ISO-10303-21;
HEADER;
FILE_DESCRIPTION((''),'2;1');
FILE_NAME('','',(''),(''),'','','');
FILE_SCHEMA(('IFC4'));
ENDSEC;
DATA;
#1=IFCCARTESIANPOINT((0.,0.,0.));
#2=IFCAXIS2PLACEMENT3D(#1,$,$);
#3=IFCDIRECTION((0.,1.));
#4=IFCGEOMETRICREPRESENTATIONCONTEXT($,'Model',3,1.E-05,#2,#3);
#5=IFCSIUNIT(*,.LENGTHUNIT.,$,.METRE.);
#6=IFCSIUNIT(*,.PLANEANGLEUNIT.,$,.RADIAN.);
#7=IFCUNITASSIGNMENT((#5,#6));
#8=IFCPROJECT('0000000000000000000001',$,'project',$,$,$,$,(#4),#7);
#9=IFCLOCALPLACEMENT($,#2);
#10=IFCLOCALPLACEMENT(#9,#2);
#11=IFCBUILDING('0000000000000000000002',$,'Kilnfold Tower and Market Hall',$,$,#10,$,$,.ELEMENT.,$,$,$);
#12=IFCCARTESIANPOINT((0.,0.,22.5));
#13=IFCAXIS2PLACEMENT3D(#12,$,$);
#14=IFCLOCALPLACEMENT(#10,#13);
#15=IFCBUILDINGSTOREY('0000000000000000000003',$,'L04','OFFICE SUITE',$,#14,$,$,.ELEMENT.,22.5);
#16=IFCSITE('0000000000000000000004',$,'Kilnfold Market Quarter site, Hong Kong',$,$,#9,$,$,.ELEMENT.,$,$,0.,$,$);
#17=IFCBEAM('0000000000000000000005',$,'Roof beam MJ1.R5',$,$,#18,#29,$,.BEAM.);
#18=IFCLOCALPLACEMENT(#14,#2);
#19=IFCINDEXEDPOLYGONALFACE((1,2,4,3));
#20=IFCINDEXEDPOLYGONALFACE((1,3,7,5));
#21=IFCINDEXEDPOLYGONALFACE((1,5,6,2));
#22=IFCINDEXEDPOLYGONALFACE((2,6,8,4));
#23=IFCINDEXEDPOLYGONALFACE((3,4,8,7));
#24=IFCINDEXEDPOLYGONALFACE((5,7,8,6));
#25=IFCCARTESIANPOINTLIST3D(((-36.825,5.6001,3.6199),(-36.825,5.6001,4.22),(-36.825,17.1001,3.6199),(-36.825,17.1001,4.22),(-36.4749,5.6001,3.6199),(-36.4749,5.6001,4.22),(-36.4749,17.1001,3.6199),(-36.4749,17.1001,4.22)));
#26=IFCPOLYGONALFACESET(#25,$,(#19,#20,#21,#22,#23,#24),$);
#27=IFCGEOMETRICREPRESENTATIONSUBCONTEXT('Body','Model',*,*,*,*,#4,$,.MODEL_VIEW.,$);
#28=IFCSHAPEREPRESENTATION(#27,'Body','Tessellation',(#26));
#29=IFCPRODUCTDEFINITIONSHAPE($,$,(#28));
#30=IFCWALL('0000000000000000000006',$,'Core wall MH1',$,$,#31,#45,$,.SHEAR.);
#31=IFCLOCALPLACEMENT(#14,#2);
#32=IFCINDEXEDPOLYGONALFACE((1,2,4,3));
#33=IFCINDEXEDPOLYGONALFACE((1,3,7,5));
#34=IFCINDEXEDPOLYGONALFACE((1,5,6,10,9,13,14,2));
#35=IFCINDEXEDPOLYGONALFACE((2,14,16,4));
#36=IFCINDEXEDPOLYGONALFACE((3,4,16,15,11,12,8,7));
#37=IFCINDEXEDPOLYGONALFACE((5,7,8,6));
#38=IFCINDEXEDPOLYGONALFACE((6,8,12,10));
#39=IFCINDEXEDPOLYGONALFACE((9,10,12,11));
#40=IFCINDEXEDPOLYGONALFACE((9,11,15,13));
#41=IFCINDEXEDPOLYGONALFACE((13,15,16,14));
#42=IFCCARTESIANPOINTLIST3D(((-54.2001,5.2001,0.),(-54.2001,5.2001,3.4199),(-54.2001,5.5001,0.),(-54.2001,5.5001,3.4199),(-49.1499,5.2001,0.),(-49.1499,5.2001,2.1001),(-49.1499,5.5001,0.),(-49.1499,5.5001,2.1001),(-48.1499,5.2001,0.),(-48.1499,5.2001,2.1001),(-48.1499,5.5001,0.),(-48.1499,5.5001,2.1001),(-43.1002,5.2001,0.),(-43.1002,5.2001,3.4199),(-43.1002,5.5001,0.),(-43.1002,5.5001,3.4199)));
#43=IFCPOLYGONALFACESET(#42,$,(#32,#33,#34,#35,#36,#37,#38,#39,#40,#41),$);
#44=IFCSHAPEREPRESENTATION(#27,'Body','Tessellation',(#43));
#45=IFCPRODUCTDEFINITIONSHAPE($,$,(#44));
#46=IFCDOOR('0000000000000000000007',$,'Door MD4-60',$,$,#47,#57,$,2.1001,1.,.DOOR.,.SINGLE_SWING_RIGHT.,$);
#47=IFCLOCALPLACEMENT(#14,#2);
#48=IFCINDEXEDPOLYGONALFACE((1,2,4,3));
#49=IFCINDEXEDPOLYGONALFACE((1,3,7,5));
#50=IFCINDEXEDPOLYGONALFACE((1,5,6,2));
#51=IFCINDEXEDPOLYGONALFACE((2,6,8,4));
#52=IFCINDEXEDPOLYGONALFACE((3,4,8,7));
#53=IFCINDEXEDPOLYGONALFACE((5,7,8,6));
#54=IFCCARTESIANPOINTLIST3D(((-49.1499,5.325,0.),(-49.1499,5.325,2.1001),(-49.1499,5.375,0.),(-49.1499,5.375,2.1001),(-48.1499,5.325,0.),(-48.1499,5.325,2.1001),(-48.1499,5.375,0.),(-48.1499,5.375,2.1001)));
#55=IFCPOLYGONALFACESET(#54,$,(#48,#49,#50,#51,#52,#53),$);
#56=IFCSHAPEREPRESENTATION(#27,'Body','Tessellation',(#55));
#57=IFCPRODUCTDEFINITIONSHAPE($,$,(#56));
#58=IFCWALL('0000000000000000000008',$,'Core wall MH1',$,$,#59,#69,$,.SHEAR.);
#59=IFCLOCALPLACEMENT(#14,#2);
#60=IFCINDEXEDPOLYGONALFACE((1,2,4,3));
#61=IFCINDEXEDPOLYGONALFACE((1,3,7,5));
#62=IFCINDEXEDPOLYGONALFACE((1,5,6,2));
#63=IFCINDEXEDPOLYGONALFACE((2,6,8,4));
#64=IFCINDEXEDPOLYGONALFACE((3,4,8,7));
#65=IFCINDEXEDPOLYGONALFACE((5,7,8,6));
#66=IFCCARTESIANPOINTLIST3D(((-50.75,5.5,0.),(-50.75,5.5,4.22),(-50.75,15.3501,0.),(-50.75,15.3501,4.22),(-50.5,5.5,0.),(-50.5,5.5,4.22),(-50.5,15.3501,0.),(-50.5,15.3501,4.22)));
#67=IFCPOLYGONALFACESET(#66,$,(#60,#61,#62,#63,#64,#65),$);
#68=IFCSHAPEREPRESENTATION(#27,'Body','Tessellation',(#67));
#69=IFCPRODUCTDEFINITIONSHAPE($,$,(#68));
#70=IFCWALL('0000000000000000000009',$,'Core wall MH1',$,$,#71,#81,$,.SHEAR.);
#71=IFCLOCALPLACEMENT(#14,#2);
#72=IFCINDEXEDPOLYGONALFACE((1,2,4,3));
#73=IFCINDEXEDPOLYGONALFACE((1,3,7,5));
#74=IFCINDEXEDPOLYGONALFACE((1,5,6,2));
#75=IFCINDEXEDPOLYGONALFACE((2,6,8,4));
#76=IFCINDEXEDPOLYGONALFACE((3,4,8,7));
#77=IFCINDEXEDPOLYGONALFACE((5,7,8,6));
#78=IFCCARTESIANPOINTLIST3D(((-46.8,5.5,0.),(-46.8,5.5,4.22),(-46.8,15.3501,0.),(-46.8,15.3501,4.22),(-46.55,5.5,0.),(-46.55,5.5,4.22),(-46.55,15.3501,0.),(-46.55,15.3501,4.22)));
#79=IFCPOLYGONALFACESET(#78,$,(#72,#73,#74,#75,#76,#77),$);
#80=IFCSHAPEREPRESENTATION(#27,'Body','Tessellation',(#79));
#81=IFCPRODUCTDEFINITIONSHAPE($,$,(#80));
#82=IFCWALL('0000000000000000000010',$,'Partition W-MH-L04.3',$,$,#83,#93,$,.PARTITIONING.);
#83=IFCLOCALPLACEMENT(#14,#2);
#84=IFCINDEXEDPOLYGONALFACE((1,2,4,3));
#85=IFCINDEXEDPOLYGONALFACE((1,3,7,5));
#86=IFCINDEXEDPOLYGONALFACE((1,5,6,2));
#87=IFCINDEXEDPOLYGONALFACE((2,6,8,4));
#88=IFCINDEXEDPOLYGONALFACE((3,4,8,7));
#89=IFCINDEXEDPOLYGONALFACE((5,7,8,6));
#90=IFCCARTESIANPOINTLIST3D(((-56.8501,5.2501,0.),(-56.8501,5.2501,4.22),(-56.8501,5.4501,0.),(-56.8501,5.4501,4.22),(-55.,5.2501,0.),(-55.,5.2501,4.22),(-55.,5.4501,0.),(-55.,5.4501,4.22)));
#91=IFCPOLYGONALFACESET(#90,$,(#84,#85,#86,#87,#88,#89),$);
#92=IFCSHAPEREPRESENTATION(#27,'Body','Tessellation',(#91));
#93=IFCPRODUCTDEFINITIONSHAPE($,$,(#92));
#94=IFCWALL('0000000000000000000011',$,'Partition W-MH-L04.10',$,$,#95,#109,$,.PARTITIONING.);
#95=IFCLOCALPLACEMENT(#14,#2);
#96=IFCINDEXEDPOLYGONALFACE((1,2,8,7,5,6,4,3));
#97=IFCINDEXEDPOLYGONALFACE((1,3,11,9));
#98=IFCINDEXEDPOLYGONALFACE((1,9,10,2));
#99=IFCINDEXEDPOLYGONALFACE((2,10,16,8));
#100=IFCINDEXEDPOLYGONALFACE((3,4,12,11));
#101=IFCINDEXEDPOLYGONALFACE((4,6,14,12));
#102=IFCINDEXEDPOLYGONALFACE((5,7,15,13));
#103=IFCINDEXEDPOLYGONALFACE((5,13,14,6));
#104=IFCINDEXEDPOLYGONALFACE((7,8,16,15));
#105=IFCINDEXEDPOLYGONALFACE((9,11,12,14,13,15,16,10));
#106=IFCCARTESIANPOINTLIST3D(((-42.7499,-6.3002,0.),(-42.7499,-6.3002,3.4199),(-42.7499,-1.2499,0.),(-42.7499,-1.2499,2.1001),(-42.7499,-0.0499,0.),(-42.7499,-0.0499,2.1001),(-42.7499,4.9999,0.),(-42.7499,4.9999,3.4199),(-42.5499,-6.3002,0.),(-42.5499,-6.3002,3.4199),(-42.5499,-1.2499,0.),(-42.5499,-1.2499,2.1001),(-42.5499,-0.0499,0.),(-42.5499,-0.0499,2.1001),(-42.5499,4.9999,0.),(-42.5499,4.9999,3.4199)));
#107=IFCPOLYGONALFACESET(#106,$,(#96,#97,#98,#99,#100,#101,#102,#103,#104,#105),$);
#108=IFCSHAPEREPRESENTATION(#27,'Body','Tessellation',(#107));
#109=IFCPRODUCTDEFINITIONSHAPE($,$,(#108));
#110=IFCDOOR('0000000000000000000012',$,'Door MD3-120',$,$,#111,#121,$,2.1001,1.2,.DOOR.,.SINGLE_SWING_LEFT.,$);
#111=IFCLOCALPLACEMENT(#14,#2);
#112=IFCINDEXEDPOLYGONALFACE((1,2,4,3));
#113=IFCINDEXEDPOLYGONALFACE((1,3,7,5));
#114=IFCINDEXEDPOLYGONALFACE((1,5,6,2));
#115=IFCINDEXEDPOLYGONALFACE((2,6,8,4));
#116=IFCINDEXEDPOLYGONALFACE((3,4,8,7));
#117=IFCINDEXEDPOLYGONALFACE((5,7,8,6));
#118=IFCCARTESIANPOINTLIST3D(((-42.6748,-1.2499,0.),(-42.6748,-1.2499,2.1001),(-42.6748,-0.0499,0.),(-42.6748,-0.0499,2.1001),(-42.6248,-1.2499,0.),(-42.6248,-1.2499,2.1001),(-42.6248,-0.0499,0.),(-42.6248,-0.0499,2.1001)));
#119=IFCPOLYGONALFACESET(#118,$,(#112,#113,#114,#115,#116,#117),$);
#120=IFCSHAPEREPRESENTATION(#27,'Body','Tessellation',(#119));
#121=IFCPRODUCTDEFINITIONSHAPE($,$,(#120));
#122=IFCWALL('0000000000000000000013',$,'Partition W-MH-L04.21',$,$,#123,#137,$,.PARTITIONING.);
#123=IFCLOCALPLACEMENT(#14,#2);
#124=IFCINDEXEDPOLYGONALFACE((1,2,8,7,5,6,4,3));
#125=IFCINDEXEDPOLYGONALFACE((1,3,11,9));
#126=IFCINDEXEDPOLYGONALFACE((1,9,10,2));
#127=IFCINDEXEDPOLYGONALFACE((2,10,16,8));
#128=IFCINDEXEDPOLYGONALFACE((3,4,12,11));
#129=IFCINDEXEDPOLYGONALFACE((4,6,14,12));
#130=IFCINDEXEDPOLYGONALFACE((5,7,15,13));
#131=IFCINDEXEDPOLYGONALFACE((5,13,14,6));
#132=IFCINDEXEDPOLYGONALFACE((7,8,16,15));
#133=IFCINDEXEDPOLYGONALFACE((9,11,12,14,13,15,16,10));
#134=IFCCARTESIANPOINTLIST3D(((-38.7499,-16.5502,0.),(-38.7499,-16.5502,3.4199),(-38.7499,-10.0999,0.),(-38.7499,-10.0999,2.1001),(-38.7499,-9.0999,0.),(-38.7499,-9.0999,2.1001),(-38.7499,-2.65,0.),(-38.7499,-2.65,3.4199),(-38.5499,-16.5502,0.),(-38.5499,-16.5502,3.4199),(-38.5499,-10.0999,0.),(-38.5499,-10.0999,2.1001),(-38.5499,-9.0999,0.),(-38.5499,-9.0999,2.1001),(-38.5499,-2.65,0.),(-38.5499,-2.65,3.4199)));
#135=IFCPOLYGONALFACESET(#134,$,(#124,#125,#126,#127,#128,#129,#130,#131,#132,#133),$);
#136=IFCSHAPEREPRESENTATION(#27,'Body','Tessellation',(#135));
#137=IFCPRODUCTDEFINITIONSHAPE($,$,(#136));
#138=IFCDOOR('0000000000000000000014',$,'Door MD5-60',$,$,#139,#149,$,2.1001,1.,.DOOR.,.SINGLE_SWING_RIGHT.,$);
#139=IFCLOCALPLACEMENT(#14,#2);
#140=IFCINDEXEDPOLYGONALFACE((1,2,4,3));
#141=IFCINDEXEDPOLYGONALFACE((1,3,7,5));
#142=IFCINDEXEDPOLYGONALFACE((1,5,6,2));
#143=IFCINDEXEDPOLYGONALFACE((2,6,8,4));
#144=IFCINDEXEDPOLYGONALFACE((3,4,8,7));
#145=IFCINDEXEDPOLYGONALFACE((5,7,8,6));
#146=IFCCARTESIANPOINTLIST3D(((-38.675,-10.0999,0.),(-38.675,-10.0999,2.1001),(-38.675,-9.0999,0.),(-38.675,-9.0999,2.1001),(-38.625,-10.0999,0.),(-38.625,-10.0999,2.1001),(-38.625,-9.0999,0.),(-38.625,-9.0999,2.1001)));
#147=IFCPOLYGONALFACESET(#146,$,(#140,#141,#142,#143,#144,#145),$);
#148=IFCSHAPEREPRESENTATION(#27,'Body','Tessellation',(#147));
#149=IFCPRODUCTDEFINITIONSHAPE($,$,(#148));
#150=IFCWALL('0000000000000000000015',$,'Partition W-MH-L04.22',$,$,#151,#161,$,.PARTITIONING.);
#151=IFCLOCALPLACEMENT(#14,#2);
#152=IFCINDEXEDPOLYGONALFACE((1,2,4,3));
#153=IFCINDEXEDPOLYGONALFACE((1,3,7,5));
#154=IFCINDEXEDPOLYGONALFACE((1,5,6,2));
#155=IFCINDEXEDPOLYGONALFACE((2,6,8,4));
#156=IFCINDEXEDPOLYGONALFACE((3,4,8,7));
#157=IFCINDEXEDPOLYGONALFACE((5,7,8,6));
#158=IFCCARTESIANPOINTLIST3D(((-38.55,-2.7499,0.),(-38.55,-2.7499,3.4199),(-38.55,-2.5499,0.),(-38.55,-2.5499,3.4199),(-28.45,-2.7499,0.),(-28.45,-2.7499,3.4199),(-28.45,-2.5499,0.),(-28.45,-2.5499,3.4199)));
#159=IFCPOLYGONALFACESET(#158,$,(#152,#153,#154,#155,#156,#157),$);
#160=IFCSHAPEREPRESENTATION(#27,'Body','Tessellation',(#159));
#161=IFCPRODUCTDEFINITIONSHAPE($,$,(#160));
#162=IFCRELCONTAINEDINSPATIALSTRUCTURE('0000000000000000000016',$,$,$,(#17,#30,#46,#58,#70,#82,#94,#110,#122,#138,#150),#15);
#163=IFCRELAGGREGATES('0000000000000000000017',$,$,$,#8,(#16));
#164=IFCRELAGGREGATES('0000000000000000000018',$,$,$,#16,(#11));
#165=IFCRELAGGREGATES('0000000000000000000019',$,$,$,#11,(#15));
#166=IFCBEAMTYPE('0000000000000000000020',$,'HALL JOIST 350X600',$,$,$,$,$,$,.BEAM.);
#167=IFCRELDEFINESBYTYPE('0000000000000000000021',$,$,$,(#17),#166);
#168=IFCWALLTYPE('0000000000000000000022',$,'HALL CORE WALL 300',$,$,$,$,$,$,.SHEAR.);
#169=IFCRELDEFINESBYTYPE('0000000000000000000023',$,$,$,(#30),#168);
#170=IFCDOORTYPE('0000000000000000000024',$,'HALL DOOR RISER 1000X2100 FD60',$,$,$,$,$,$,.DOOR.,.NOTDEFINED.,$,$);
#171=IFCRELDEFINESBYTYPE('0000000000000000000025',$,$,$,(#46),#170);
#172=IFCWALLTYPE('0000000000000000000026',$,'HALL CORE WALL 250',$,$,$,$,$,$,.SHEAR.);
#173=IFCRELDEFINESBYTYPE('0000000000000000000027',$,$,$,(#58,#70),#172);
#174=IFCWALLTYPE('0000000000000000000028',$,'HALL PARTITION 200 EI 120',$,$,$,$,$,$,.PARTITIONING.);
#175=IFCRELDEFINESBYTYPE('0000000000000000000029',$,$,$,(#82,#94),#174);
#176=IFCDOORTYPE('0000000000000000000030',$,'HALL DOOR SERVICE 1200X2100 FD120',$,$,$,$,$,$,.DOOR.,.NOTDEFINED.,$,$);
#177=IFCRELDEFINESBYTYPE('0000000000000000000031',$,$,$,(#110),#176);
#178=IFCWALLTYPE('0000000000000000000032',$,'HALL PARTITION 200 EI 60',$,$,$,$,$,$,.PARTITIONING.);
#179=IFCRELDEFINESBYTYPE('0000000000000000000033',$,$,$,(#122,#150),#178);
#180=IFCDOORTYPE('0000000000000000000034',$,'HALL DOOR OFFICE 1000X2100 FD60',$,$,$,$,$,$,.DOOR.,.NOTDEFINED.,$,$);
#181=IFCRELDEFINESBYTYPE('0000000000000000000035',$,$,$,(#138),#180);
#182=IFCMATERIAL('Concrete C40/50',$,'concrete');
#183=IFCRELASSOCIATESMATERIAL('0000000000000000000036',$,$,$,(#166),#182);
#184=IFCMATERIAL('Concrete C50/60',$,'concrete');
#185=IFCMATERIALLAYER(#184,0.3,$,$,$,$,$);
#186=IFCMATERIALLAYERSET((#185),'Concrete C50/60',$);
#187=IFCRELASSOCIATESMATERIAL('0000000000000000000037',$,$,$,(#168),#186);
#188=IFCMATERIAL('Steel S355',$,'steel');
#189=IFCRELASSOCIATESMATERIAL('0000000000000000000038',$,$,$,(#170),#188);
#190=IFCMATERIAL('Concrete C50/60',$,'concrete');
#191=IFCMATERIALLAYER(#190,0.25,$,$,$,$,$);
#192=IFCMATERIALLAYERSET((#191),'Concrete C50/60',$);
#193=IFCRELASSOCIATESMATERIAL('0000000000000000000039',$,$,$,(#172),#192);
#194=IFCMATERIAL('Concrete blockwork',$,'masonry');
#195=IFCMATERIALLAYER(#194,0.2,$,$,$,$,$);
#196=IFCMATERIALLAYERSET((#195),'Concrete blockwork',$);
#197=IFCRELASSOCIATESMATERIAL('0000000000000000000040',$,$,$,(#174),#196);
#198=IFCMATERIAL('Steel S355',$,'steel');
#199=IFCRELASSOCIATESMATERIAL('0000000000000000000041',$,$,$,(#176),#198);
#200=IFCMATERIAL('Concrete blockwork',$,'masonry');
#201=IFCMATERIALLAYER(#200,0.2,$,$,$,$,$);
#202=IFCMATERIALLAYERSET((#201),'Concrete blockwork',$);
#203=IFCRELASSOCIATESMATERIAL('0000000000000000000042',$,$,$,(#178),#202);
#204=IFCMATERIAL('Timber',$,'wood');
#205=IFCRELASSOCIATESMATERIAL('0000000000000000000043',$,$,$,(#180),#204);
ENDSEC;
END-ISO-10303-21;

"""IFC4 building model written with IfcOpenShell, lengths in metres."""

from ifc_helpers import new_model, si_unit, direction, frame, frame_2d, origin, origin_2d, place, context, subcontext, project, spatial, rectangle, extrude, source, transform, mapped, material, layer, layer_set, material_profile, profile_set, type_object, element, fill, save


model = new_model("IFC4")

# Units and contexts
model_context = context("Model", 3, precision=1e-05, world=origin(), true_north=direction((0.0, 1.0)))
body_context = subcontext(model_context, "Body", "Model", "MODEL_VIEW")
ifc_project = project(units=[si_unit("LENGTHUNIT", "METRE"), si_unit("PLANEANGLEUNIT", "RADIAN")], contexts=[model_context])

# Site, building, storey
site_placement = place(None, origin())
site = spatial("IfcSite", under=ifc_project, at=site_placement, Name="Kilnfold Market Quarter site, Hong Kong", CompositionType="ELEMENT", RefElevation=0.0)
building_placement = place(site_placement, origin())
building = spatial("IfcBuilding", under=site, at=building_placement, Name="Kilnfold Tower and Market Hall", CompositionType="ELEMENT")
storey_placement = place(building_placement, frame((0.0, 0.0, 22.5)))
storey = spatial("IfcBuildingStorey", under=building, at=storey_placement, Name="L04", Description="OFFICE SUITE", CompositionType="ELEMENT", Elevation=22.5)

# Beam
ifc_material_1 = material(Name="Concrete C40/50", Category="concrete")
ifc_material_profile_1 = material_profile(ifc_material_1, rectangle(XDim=0.3501, YDim=0.6001, at=origin_2d()), Name="RC 350x600")
ifc_profile_set_1 = profile_set([ifc_material_profile_1], Name="Concrete C40/50")
beam_type_1 = type_object("IfcBeamType", Name="HALL JOIST 350X600", PredefinedType="BEAM", material=ifc_profile_set_1)
for number, where, z_axis, x_axis, name in (
    (1, (-36.6499, 5.6001, 3.9199), (0.0, 1.0, 0.0), (-1.0, 0.0, 0.0), "Roof beam MJ1.R5"),
):
    element("IfcBeam", number, at=place(storey_placement, frame(where, z_axis=z_axis, x_axis=x_axis)), inside=storey, type_object=beam_type_1, Name=name, PredefinedType="BEAM", context=body_context, shape_type="SweptSolid", body=[
        extrude(rectangle(XDim=0.3501, YDim=0.6001, at=origin_2d()), origin(), (0.0, 0.0, 1.0), 11.5),
    ])

# Wall, opening, door
ifc_material_2 = material(Name="Concrete C50/60", Category="concrete")
ifc_layer_1 = layer(ifc_material_2, 0.3)
ifc_layer_set_1 = layer_set([ifc_layer_1], Name="Concrete C50/60")
wall_type_1 = type_object("IfcWallType", Name="HALL CORE WALL 300", PredefinedType="SHEAR", material=ifc_layer_set_1)
shared_shape_1 = source(origin(), body_context, "Body", "SweptSolid", [
    extrude(rectangle(XDim=11.0999, YDim=0.3, at=frame_2d((5.5498, 0.0))), origin(), (0.0, 0.0, 1.0), 3.4199),
])
wall_1_placement = place(storey_placement, frame((-54.2, 5.3501, 0.0), z_axis=(0.0, 0.0, 1.0), x_axis=(1.0, 0.0, 0.0)))
wall_1 = element("IfcWall", 2, at=wall_1_placement, inside=storey, type_object=wall_type_1, Name="Core wall MH1", PredefinedType="SHEAR", context=body_context, shape_type="MappedRepresentation", body=[
    mapped(shared_shape_1, transform((0.0, 0.0, 0.0))),
])
opening_1_placement = place(wall_1_placement, frame((5.05, 0.0, 0.0)))
opening_1 = element("IfcOpeningElement", 3, at=opening_1_placement, cuts=wall_1, PredefinedType="OPENING", context=body_context, shape_type="SweptSolid", body=[
    extrude(rectangle(XDim=1.0, YDim=2.1001, at=frame_2d((0.5, 1.05))), frame((0.0, 0.1602, 0.0), z_axis=(0.0, -1.0, 0.0), x_axis=(1.0, 0.0, 0.0)), (0.0, 0.0, 1.0), 0.3201),
])
ifc_material_3 = material(Name="Steel S355", Category="steel")
door_type_1 = type_object("IfcDoorType", Name="HALL DOOR RISER 1000X2100 FD60", OperationType="NOTDEFINED", PredefinedType="DOOR", material=ifc_material_3)
door_1_placement = place(opening_1_placement, origin())
door_1 = element("IfcDoor", 4, at=door_1_placement, inside=storey, type_object=door_type_1, Name="Door MD4-60", OperationType="SINGLE_SWING_RIGHT", OverallHeight=2.1001, OverallWidth=1.0, PredefinedType="DOOR", context=body_context, shape_type="SweptSolid", body=[
    extrude(rectangle(XDim=1.0, YDim=2.1001, at=frame_2d((0.5, 1.05))), frame((0.0, 0.0249, 0.0), z_axis=(0.0, -1.0, 0.0), x_axis=(1.0, 0.0, 0.0)), (0.0, 0.0, 1.0), 0.05),
])
fill(opening_1, door_1)

# Walls
ifc_material_4 = material(Name="Concrete C50/60", Category="concrete")
ifc_layer_2 = layer(ifc_material_4, 0.25)
ifc_layer_set_2 = layer_set([ifc_layer_2], Name="Concrete C50/60")
wall_type_2 = type_object("IfcWallType", Name="HALL CORE WALL 250", PredefinedType="SHEAR", material=ifc_layer_set_2)
shared_shape_2 = source(origin(), body_context, "Body", "SweptSolid", [
    extrude(rectangle(XDim=9.8501, YDim=0.25, at=frame_2d((4.925, 0.0))), origin(), (0.0, 0.0, 1.0), 4.22),
])
for number, where, z_axis, x_axis, name in (
    (5, (-50.625, 5.5, 0.0), (0.0, 0.0, 1.0), (0.0, 1.0, 0.0), "Core wall MH1"),
    (6, (-46.675, 5.5, 0.0), (0.0, 0.0, 1.0), (0.0, 1.0, 0.0), "Core wall MH1"),
):
    element("IfcWall", number, at=place(storey_placement, frame(where, z_axis=z_axis, x_axis=x_axis)), inside=storey, type_object=wall_type_2, Name=name, PredefinedType="SHEAR", context=body_context, shape_type="MappedRepresentation", body=[
        mapped(shared_shape_2, transform((0.0, 0.0, 0.0))),
    ])
ifc_material_5 = material(Name="Concrete blockwork", Category="masonry")
ifc_layer_3 = layer(ifc_material_5, 0.2)
ifc_layer_set_3 = layer_set([ifc_layer_3], Name="Concrete blockwork")
wall_type_3 = type_object("IfcWallType", Name="HALL PARTITION 200 EI 120", PredefinedType="PARTITIONING", material=ifc_layer_set_3)
shared_shape_3 = source(origin(), body_context, "Body", "SweptSolid", [
    extrude(rectangle(XDim=1.8501, YDim=0.2, at=frame_2d((0.925, 0.0))), origin(), (0.0, 0.0, 1.0), 4.22),
])
wall_2_placement = place(storey_placement, frame((-56.8501, 5.3501, 0.0), z_axis=(0.0, 0.0, 1.0), x_axis=(1.0, 0.0, 0.0)))
element("IfcWall", 7, at=wall_2_placement, inside=storey, type_object=wall_type_3, Name="Partition W-MH-L04.3", PredefinedType="PARTITIONING", context=body_context, shape_type="MappedRepresentation", body=[
    mapped(shared_shape_3, transform((0.0, 0.0, 0.0))),
])

# Walls, openings, doors
shared_shape_4 = source(origin(), body_context, "Body", "SweptSolid", [
    extrude(rectangle(XDim=11.3, YDim=0.2, at=frame_2d((5.6499, 0.0))), origin(), (0.0, 0.0, 1.0), 3.4199),
])
wall_3_placement = place(storey_placement, frame((-42.6499, -6.3, 0.0), z_axis=(0.0, 0.0, 1.0), x_axis=(0.0, 1.0, 0.0)))
wall_3 = element("IfcWall", 8, at=wall_3_placement, inside=storey, type_object=wall_type_3, Name="Partition W-MH-L04.10", PredefinedType="PARTITIONING", context=body_context, shape_type="MappedRepresentation", body=[
    mapped(shared_shape_4, transform((0.0, 0.0, 0.0))),
])
opening_2_placement = place(wall_3_placement, frame((5.05, 0.0, 0.0)))
opening_2 = element("IfcOpeningElement", 9, at=opening_2_placement, cuts=wall_3, PredefinedType="OPENING", context=body_context, shape_type="SweptSolid", body=[
    extrude(rectangle(XDim=1.2, YDim=2.1001, at=frame_2d((0.6001, 1.05))), frame((0.0, 0.1099, 0.0), z_axis=(0.0, -1.0, 0.0), x_axis=(1.0, 0.0, 0.0)), (0.0, 0.0, 1.0), 0.22),
])
ifc_material_6 = material(Name="Steel S355", Category="steel")
door_type_2 = type_object("IfcDoorType", Name="HALL DOOR SERVICE 1200X2100 FD120", OperationType="NOTDEFINED", PredefinedType="DOOR", material=ifc_material_6)
door_2_placement = place(opening_2_placement, origin())
door_2 = element("IfcDoor", 10, at=door_2_placement, inside=storey, type_object=door_type_2, Name="Door MD3-120", OperationType="SINGLE_SWING_LEFT", OverallHeight=2.1001, OverallWidth=1.2, PredefinedType="DOOR", context=body_context, shape_type="SweptSolid", body=[
    extrude(rectangle(XDim=1.2, YDim=2.1001, at=frame_2d((0.6001, 1.05))), frame((0.0, 0.0249, 0.0), z_axis=(0.0, -1.0, 0.0), x_axis=(1.0, 0.0, 0.0)), (0.0, 0.0, 1.0), 0.05),
])
fill(opening_2, door_2)
ifc_material_7 = material(Name="Concrete blockwork", Category="masonry")
ifc_layer_4 = layer(ifc_material_7, 0.2)
ifc_layer_set_4 = layer_set([ifc_layer_4], Name="Concrete blockwork")
wall_type_4 = type_object("IfcWallType", Name="HALL PARTITION 200 EI 60", PredefinedType="PARTITIONING", material=ifc_layer_set_4)
shared_shape_5 = source(origin(), body_context, "Body", "SweptSolid", [
    extrude(rectangle(XDim=13.9001, YDim=0.2, at=frame_2d((6.9502, 0.0))), origin(), (0.0, 0.0, 1.0), 3.4199),
])
wall_4_placement = place(storey_placement, frame((-38.6499, -2.6499, 0.0), z_axis=(0.0, 0.0, 1.0), x_axis=(0.0, -1.0, 0.0)))
wall_4 = element("IfcWall", 11, at=wall_4_placement, inside=storey, type_object=wall_type_4, Name="Partition W-MH-L04.21", PredefinedType="PARTITIONING", context=body_context, shape_type="MappedRepresentation", body=[
    mapped(shared_shape_5, transform((0.0, 0.0, 0.0))),
])
opening_3_placement = place(wall_4_placement, frame((6.45, 0.0, 0.0)))
opening_3 = element("IfcOpeningElement", 12, at=opening_3_placement, cuts=wall_4, PredefinedType="OPENING", context=body_context, shape_type="SweptSolid", body=[
    extrude(rectangle(XDim=1.0, YDim=2.1001, at=frame_2d((0.5, 1.05))), frame((0.0, 0.1099, 0.0), z_axis=(0.0, -1.0, 0.0), x_axis=(1.0, 0.0, 0.0)), (0.0, 0.0, 1.0), 0.22),
])
ifc_material_8 = material(Name="Timber", Category="wood")
door_type_3 = type_object("IfcDoorType", Name="HALL DOOR OFFICE 1000X2100 FD60", OperationType="NOTDEFINED", PredefinedType="DOOR", material=ifc_material_8)
door_3_placement = place(opening_3_placement, origin())
door_3 = element("IfcDoor", 13, at=door_3_placement, inside=storey, type_object=door_type_3, Name="Door MD5-60", OperationType="SINGLE_SWING_RIGHT", OverallHeight=2.1001, OverallWidth=1.0, PredefinedType="DOOR", context=body_context, shape_type="SweptSolid", body=[
    extrude(rectangle(XDim=1.0, YDim=2.1001, at=frame_2d((0.5, 1.05))), frame((0.0, 0.0249, 0.0), z_axis=(0.0, -1.0, 0.0), x_axis=(1.0, 0.0, 0.0)), (0.0, 0.0, 1.0), 0.05),
])
fill(opening_3, door_3)

# Wall
shared_shape_6 = source(origin(), body_context, "Body", "SweptSolid", [
    extrude(rectangle(XDim=10.1001, YDim=0.2, at=frame_2d((5.05, 0.0))), origin(), (0.0, 0.0, 1.0), 3.4199),
])
wall_5_placement = place(storey_placement, frame((-38.55, -2.6499, 0.0), z_axis=(0.0, 0.0, 1.0), x_axis=(1.0, 0.0, 0.0)))
element("IfcWall", 14, at=wall_5_placement, inside=storey, type_object=wall_type_4, Name="Partition W-MH-L04.22", PredefinedType="PARTITIONING", context=body_context, shape_type="MappedRepresentation", body=[
    mapped(shared_shape_6, transform((0.0, 0.0, 0.0))),
])

save(model, "model.ifc")
